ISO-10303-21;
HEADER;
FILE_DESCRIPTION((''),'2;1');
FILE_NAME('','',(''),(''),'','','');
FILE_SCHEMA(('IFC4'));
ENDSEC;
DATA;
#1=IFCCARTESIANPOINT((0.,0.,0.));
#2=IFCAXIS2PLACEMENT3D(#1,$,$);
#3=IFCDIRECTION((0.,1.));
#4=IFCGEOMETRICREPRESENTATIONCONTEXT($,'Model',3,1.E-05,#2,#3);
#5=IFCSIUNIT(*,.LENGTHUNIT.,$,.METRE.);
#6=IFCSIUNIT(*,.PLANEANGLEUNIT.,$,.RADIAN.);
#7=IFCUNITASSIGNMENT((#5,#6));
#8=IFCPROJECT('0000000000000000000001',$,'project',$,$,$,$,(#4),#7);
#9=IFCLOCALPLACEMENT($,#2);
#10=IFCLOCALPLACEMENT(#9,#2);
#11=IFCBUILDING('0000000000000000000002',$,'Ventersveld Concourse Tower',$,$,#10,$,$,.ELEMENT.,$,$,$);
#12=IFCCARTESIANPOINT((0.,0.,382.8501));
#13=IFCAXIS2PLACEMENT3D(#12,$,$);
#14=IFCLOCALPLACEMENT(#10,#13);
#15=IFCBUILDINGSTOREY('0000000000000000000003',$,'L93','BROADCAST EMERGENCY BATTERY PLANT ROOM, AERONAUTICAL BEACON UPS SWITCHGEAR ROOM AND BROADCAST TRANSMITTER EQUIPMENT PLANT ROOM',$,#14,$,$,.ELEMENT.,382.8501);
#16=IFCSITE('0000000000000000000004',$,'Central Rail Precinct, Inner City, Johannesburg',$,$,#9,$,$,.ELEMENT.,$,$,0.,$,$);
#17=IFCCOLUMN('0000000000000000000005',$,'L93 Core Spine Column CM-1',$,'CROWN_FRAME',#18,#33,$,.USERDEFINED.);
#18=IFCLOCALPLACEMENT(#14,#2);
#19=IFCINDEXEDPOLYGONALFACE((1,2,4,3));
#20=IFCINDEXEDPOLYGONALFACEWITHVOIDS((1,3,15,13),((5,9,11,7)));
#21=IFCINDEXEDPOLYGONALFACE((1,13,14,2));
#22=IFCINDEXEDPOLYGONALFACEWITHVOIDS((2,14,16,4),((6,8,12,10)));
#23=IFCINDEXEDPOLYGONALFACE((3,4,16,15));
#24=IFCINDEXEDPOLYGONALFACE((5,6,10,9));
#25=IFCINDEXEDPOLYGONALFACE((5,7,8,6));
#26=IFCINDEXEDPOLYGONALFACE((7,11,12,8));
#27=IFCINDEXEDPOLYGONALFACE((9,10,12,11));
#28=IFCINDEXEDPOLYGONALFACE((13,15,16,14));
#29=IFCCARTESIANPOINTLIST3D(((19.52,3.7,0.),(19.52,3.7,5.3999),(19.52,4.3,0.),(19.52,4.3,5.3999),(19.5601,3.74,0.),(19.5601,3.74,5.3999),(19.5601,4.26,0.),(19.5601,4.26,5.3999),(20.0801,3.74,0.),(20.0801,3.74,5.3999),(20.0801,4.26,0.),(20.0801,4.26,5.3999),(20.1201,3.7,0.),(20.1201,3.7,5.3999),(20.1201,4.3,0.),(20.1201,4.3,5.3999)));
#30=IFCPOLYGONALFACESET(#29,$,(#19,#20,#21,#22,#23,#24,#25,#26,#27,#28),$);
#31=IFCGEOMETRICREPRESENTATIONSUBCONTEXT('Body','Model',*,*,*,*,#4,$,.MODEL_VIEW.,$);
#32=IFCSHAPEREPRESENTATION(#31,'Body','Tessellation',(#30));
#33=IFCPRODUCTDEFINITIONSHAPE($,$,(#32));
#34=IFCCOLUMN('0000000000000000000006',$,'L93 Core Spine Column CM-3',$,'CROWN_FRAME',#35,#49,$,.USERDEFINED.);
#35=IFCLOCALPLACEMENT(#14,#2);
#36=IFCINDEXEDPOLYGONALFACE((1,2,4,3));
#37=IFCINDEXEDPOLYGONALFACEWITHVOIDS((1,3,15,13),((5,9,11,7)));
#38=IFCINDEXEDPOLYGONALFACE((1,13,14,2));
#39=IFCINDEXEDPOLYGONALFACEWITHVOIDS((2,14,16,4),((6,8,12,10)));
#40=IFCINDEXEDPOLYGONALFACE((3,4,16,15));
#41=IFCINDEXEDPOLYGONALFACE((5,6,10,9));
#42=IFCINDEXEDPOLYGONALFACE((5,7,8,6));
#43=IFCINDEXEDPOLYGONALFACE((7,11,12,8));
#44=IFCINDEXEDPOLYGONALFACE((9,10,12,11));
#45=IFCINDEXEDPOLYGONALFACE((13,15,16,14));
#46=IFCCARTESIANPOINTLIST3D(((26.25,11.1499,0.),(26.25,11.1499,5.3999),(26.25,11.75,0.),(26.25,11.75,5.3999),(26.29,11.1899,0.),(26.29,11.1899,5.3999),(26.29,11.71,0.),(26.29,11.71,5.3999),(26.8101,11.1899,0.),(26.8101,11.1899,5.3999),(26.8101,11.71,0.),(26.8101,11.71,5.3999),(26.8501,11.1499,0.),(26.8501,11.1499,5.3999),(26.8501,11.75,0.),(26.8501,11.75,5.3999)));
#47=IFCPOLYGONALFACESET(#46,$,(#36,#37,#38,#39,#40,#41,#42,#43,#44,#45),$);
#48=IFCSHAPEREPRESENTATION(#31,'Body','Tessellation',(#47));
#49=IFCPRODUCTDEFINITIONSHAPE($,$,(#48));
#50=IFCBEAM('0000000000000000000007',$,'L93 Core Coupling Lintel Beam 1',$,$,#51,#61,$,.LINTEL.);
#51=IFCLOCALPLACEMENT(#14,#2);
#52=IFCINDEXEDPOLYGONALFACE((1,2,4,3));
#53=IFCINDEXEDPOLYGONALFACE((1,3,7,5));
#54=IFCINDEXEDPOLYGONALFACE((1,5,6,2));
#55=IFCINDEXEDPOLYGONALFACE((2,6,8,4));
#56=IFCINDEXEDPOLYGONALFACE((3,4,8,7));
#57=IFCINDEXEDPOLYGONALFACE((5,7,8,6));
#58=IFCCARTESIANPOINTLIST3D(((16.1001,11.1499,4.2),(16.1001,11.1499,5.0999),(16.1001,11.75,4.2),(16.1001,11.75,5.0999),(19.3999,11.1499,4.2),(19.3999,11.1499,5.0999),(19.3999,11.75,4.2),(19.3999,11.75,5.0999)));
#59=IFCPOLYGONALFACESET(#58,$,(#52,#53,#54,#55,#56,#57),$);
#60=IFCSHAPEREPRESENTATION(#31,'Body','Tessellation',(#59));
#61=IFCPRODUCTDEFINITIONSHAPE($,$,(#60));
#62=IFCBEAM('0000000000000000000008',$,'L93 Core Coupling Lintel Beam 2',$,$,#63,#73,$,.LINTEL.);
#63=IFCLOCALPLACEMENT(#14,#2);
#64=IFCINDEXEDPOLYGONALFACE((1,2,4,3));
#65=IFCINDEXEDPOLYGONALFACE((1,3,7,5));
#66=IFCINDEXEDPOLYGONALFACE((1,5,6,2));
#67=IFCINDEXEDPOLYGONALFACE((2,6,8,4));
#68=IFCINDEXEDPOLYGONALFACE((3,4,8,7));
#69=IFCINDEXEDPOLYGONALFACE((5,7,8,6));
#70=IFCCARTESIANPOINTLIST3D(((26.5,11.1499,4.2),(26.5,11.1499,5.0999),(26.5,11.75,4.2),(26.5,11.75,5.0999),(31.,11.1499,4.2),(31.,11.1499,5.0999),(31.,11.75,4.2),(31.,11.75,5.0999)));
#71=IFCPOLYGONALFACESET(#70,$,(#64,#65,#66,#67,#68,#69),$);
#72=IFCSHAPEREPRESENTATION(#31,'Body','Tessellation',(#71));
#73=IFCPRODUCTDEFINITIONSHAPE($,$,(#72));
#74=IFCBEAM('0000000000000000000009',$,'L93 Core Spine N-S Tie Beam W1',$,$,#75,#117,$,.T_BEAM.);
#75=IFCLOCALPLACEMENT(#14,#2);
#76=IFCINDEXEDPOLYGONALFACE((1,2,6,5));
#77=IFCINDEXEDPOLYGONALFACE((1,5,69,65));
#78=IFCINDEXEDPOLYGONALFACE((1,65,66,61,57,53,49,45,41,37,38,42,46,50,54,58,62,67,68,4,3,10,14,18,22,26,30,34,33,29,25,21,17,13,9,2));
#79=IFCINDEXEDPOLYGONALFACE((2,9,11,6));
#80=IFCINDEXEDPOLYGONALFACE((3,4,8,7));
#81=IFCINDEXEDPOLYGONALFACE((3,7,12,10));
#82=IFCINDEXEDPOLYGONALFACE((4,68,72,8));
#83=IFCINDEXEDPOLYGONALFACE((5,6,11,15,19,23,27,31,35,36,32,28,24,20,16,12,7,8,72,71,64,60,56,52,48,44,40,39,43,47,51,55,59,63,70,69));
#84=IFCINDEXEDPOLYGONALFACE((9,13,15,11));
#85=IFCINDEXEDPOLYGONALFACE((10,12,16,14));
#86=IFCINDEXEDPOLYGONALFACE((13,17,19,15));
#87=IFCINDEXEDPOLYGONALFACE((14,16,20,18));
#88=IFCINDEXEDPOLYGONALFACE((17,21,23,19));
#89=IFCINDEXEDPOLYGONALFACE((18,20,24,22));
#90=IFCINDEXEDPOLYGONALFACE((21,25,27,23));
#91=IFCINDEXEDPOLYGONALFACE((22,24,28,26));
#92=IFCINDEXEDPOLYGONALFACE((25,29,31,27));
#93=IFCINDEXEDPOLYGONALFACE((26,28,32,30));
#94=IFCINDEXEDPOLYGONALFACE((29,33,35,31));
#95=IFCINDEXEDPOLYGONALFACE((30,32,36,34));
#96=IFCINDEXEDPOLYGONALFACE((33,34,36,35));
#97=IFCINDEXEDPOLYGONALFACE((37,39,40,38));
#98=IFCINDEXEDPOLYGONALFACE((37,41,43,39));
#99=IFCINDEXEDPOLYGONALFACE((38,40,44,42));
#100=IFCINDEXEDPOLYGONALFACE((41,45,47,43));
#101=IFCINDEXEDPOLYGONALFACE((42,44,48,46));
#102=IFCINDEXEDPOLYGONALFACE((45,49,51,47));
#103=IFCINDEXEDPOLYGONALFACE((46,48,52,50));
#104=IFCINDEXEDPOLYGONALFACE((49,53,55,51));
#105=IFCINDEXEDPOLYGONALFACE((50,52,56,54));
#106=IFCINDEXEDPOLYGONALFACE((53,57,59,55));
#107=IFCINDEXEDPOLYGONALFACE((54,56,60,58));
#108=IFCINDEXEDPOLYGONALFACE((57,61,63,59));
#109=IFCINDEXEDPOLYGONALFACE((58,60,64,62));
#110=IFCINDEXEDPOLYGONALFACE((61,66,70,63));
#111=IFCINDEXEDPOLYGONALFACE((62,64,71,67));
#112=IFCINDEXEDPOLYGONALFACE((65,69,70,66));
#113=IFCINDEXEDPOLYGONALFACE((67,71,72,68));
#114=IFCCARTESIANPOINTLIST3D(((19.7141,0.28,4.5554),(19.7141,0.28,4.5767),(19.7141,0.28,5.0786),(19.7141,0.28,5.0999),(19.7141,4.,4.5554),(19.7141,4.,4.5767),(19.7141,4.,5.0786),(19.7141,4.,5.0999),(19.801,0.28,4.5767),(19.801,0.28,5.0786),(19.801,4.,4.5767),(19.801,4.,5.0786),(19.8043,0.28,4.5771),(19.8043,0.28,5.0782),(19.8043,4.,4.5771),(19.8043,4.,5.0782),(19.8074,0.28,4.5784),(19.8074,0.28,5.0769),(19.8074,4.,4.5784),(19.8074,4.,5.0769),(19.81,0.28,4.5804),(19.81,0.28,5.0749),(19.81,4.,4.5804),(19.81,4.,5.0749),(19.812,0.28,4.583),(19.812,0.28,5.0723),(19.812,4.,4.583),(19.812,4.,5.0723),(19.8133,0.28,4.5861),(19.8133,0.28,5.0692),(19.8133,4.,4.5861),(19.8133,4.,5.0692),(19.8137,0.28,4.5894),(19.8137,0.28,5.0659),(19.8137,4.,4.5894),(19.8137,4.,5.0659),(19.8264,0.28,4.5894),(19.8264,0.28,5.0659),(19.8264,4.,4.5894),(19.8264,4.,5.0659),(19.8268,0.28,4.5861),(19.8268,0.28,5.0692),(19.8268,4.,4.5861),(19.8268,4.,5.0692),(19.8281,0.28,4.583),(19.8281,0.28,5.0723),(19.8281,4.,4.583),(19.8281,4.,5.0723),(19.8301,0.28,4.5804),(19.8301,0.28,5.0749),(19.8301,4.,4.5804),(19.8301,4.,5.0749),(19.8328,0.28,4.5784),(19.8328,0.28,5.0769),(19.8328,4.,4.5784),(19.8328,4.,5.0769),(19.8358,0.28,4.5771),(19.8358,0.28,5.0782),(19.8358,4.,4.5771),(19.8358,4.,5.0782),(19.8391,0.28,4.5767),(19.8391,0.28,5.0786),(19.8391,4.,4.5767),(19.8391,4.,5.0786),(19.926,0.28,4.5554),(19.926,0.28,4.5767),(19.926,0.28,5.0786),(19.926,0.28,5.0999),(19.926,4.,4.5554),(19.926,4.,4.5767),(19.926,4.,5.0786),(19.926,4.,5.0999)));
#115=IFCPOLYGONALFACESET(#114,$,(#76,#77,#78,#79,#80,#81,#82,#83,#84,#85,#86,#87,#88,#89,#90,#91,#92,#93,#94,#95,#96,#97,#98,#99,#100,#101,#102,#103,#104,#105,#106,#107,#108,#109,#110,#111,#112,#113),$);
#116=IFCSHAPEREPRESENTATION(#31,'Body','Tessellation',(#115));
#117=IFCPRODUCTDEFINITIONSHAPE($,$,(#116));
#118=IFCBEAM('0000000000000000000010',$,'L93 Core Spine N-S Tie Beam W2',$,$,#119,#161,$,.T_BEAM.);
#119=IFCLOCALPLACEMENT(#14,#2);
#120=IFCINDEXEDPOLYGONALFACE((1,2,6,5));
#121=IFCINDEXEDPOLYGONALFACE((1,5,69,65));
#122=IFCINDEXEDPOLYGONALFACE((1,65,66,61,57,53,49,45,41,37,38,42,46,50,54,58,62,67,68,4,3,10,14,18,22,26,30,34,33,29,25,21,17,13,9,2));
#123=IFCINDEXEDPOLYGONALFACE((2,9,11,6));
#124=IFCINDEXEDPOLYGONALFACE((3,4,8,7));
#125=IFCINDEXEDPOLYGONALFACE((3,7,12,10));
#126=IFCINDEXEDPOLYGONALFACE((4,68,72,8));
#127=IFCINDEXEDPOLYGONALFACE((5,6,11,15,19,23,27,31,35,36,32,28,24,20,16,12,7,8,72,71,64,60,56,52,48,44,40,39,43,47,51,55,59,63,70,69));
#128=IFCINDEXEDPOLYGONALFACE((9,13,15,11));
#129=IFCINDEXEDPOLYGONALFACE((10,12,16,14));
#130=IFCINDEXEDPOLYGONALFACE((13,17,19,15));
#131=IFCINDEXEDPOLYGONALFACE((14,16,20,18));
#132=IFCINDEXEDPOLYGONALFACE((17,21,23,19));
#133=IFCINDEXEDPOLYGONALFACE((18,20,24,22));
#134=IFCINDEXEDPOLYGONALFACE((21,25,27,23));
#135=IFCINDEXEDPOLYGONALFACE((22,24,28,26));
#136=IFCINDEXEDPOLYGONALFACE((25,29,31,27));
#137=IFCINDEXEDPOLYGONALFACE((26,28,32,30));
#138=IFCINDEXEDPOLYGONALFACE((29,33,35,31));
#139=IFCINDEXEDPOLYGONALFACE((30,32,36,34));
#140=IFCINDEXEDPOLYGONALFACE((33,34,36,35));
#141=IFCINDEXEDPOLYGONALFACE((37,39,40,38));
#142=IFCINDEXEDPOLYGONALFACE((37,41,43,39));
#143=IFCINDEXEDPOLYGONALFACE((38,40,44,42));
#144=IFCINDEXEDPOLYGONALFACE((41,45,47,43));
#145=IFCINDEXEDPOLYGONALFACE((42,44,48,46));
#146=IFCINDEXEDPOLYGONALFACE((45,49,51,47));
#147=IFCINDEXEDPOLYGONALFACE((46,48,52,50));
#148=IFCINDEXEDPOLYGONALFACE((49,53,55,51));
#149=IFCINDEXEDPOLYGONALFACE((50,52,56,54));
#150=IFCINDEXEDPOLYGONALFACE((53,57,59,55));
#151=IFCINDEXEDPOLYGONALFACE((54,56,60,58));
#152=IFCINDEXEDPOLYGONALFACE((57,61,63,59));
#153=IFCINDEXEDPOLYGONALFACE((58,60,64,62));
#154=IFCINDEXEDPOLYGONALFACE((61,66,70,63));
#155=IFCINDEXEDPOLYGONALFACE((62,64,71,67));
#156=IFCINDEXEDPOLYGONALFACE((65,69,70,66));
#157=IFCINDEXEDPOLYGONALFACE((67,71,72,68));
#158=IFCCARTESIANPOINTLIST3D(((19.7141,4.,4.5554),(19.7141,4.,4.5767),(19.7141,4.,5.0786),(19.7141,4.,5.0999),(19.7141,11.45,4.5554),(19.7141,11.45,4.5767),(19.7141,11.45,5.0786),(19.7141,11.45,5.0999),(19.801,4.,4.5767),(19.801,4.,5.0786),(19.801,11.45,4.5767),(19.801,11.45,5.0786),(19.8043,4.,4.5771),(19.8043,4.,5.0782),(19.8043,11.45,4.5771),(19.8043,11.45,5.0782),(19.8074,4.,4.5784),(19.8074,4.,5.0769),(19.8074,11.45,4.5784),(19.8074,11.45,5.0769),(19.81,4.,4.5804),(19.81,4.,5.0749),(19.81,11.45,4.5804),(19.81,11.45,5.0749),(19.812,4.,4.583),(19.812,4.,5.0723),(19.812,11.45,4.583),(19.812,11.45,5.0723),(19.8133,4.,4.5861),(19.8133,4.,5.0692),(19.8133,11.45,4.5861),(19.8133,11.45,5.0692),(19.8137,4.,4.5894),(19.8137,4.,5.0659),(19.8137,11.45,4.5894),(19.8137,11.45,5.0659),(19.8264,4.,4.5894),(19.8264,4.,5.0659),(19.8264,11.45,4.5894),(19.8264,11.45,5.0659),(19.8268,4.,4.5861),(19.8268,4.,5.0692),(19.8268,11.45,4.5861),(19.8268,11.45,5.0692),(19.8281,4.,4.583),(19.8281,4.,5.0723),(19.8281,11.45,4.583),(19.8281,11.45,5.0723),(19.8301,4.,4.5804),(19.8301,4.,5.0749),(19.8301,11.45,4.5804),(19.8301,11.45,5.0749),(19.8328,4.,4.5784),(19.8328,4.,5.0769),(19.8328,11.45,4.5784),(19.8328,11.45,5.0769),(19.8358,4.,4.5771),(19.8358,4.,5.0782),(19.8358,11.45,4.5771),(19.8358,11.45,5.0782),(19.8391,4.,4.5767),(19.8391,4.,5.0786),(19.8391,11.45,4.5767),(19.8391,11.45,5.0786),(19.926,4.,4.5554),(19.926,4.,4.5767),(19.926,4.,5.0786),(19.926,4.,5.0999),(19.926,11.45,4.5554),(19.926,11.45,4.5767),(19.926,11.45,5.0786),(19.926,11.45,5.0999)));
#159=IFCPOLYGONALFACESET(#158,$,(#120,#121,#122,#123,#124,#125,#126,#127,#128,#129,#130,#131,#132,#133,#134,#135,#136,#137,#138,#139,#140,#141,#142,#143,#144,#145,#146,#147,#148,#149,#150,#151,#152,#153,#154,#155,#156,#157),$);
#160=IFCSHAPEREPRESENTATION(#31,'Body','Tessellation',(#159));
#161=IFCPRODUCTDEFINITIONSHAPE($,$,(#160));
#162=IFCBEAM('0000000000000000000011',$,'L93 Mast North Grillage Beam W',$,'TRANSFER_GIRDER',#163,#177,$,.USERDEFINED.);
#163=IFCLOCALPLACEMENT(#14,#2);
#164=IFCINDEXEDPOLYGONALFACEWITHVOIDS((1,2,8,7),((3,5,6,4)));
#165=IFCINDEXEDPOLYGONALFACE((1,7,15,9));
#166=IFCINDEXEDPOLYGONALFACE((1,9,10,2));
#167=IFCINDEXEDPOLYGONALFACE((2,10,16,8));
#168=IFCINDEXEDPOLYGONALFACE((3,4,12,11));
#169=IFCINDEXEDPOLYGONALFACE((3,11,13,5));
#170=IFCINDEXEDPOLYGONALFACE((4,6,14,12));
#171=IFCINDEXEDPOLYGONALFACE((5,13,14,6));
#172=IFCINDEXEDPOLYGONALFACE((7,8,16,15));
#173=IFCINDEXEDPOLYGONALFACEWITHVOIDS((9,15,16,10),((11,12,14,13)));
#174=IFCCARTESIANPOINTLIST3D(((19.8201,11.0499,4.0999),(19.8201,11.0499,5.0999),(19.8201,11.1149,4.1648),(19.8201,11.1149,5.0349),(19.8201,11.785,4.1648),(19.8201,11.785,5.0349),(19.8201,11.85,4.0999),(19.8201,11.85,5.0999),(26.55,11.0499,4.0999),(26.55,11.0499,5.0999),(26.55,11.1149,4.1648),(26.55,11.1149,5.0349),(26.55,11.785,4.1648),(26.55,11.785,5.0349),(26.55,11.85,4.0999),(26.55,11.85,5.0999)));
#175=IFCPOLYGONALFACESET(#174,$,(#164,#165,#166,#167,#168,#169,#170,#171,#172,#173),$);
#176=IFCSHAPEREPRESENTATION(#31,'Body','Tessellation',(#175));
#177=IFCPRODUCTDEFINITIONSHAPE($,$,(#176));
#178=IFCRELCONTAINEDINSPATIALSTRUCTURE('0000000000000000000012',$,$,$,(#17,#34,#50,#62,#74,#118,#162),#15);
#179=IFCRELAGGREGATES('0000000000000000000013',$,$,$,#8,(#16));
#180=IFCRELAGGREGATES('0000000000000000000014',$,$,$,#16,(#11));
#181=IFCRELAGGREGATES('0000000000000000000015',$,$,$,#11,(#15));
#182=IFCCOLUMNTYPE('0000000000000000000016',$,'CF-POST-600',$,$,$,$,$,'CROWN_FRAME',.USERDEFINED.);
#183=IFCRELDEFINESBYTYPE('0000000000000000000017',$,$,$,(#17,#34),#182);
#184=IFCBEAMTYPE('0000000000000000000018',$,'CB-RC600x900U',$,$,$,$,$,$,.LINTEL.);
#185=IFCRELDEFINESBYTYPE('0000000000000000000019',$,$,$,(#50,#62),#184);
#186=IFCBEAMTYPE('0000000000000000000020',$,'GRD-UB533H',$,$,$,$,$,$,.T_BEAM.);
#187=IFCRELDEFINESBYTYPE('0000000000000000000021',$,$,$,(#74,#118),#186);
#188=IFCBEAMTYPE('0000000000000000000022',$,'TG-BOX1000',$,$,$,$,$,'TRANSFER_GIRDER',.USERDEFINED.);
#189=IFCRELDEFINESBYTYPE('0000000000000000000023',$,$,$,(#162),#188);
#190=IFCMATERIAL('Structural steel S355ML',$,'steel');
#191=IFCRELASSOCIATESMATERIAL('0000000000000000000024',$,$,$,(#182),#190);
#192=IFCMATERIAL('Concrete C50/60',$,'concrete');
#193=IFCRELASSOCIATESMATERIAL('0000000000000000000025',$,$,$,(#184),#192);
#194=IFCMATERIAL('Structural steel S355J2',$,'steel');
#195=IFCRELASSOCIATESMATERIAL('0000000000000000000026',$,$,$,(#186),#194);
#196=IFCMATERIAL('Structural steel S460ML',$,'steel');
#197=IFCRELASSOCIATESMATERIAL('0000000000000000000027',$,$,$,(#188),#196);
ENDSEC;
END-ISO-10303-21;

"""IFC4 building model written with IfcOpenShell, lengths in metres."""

from ifc_helpers import new_model, si_unit, direction, frame, origin, origin_2d, place, context, subcontext, project, spatial, rectangle, hollow_rectangle, i_section, extrude, material, material_profile, profile_set, type_object, element, save


model = new_model("IFC4")

# Units and contexts
model_context = context("Model", 3, precision=1e-05, world=origin(), true_north=direction((0.0, 1.0)))
body_context = subcontext(model_context, "Body", "Model", "MODEL_VIEW")
ifc_project = project(units=[si_unit("LENGTHUNIT", "METRE"), si_unit("PLANEANGLEUNIT", "RADIAN")], contexts=[model_context])

# Site, building, storey
site_placement = place(None, origin())
site = spatial("IfcSite", under=ifc_project, at=site_placement, Name="Central Rail Precinct, Inner City, Johannesburg", CompositionType="ELEMENT", RefElevation=0.0)
building_placement = place(site_placement, origin())
building = spatial("IfcBuilding", under=site, at=building_placement, Name="Ventersveld Concourse Tower", CompositionType="ELEMENT")
storey_placement = place(building_placement, frame((0.0, 0.0, 382.8501)))
storey = spatial("IfcBuildingStorey", under=building, at=storey_placement, Name="L93", Description="BROADCAST EMERGENCY BATTERY PLANT ROOM, AERONAUTICAL BEACON UPS SWITCHGEAR ROOM AND BROADCAST TRANSMITTER EQUIPMENT PLANT ROOM", CompositionType="ELEMENT", Elevation=382.8501)

# Columns
ifc_material_1 = material(Name="Structural steel S355ML", Category="steel")
ifc_material_profile_1 = material_profile(ifc_material_1, hollow_rectangle(XDim=0.6001, YDim=0.6001, WallThickness=0.04, at=origin_2d()), Name="BOX 600x600x40")
ifc_profile_set_1 = profile_set([ifc_material_profile_1], Name="Structural steel S355ML")
column_type = type_object("IfcColumnType", Name="CF-POST-600", ElementType="CROWN_FRAME", PredefinedType="USERDEFINED", material=ifc_profile_set_1)
for number, where, z_axis, x_axis, name in (
    (1, (19.8201, 4.0, 0.0), (0.0, 0.0, 1.0), (1.0, 0.0, 0.0), "L93 Core Spine Column CM-1"),
    (2, (26.55, 11.45, 0.0), (0.0, 0.0, 1.0), (1.0, 0.0, 0.0), "L93 Core Spine Column CM-3"),
):
    element("IfcColumn", number, at=place(storey_placement, frame(where, z_axis=z_axis, x_axis=x_axis)), inside=storey, type_object=column_type, Name=name, ObjectType="CROWN_FRAME", PredefinedType="USERDEFINED", context=body_context, shape_type="SweptSolid", body=[
        extrude(hollow_rectangle(XDim=0.6001, YDim=0.6001, WallThickness=0.04, at=origin_2d()), origin(), (0.0, 0.0, 1.0), 5.3999),
    ])

# Beams
ifc_material_2 = material(Name="Concrete C50/60", Category="concrete")
ifc_material_profile_2 = material_profile(ifc_material_2, rectangle(XDim=0.6001, YDim=0.8999, at=origin_2d()), Name="RC 600x900")
ifc_profile_set_2 = profile_set([ifc_material_profile_2], Name="Concrete C50/60")
beam_type_1 = type_object("IfcBeamType", Name="CB-RC600x900U", PredefinedType="LINTEL", material=ifc_profile_set_2)
beam_1_placement = place(storey_placement, frame((16.1001, 11.45, 4.6499), z_axis=(1.0, 0.0, 0.0), x_axis=(0.0, 1.0, 0.0)))
element("IfcBeam", 3, at=beam_1_placement, inside=storey, type_object=beam_type_1, Name="L93 Core Coupling Lintel Beam 1", PredefinedType="LINTEL", context=body_context, shape_type="SweptSolid", body=[
    extrude(rectangle(XDim=0.6001, YDim=0.8999, at=origin_2d()), origin(), (0.0, 0.0, 1.0), 3.2998),
])
beam_2_placement = place(storey_placement, frame((26.5, 11.45, 4.6499), z_axis=(1.0, 0.0, 0.0), x_axis=(0.0, 1.0, 0.0)))
element("IfcBeam", 4, at=beam_2_placement, inside=storey, type_object=beam_type_1, Name="L93 Core Coupling Lintel Beam 2", PredefinedType="LINTEL", context=body_context, shape_type="SweptSolid", body=[
    extrude(rectangle(XDim=0.6001, YDim=0.8999, at=origin_2d()), origin(), (0.0, 0.0, 1.0), 4.5),
])
ifc_material_3 = material(Name="Structural steel S355J2", Category="steel")
ifc_material_profile_3 = material_profile(ifc_material_3, i_section(OverallWidth=0.2119, OverallDepth=0.5444, WebThickness=0.0127, FlangeThickness=0.0212, FilletRadius=0.0127, at=origin_2d()), Name="UB 533x210x122")
ifc_profile_set_3 = profile_set([ifc_material_profile_3], Name="Structural steel S355J2")
beam_type_2 = type_object("IfcBeamType", Name="GRD-UB533H", PredefinedType="T_BEAM", material=ifc_profile_set_3)
beam_3_placement = place(storey_placement, frame((19.8201, 0.28, 4.8276), z_axis=(0.0, 1.0, 0.0), x_axis=(-1.0, 0.0, 0.0)))
element("IfcBeam", 5, at=beam_3_placement, inside=storey, type_object=beam_type_2, Name="L93 Core Spine N-S Tie Beam W1", PredefinedType="T_BEAM", context=body_context, shape_type="SweptSolid", body=[
    extrude(i_section(OverallWidth=0.2119, OverallDepth=0.5444, WebThickness=0.0127, FlangeThickness=0.0212, FilletRadius=0.0127, at=origin_2d()), origin(), (0.0, 0.0, 1.0), 3.72),
])
beam_4_placement = place(storey_placement, frame((19.8201, 4.0, 4.8276), z_axis=(0.0, 1.0, 0.0), x_axis=(-1.0, 0.0, 0.0)))
element("IfcBeam", 6, at=beam_4_placement, inside=storey, type_object=beam_type_2, Name="L93 Core Spine N-S Tie Beam W2", PredefinedType="T_BEAM", context=body_context, shape_type="SweptSolid", body=[
    extrude(i_section(OverallWidth=0.2119, OverallDepth=0.5444, WebThickness=0.0127, FlangeThickness=0.0212, FilletRadius=0.0127, at=origin_2d()), origin(), (0.0, 0.0, 1.0), 7.45),
])
ifc_material_4 = material(Name="Structural steel S460ML", Category="steel")
ifc_material_profile_4 = material_profile(ifc_material_4, hollow_rectangle(XDim=0.8, YDim=1.0, WallThickness=0.0649, at=origin_2d()), Name="BOX 1000x800x65")
ifc_profile_set_4 = profile_set([ifc_material_profile_4], Name="Structural steel S460ML")
beam_type_3 = type_object("IfcBeamType", Name="TG-BOX1000", ElementType="TRANSFER_GIRDER", PredefinedType="USERDEFINED", material=ifc_profile_set_4)
beam_5_placement = place(storey_placement, frame((19.8201, 11.45, 4.5999), z_axis=(1.0, 0.0, 0.0), x_axis=(0.0, 1.0, 0.0)))
element("IfcBeam", 7, at=beam_5_placement, inside=storey, type_object=beam_type_3, Name="L93 Mast North Grillage Beam W", ObjectType="TRANSFER_GIRDER", PredefinedType="USERDEFINED", context=body_context, shape_type="SweptSolid", body=[
    extrude(hollow_rectangle(XDim=0.8, YDim=1.0, WallThickness=0.0649, at=origin_2d()), origin(), (0.0, 0.0, 1.0), 6.73),
])

save(model, "model.ifc")
